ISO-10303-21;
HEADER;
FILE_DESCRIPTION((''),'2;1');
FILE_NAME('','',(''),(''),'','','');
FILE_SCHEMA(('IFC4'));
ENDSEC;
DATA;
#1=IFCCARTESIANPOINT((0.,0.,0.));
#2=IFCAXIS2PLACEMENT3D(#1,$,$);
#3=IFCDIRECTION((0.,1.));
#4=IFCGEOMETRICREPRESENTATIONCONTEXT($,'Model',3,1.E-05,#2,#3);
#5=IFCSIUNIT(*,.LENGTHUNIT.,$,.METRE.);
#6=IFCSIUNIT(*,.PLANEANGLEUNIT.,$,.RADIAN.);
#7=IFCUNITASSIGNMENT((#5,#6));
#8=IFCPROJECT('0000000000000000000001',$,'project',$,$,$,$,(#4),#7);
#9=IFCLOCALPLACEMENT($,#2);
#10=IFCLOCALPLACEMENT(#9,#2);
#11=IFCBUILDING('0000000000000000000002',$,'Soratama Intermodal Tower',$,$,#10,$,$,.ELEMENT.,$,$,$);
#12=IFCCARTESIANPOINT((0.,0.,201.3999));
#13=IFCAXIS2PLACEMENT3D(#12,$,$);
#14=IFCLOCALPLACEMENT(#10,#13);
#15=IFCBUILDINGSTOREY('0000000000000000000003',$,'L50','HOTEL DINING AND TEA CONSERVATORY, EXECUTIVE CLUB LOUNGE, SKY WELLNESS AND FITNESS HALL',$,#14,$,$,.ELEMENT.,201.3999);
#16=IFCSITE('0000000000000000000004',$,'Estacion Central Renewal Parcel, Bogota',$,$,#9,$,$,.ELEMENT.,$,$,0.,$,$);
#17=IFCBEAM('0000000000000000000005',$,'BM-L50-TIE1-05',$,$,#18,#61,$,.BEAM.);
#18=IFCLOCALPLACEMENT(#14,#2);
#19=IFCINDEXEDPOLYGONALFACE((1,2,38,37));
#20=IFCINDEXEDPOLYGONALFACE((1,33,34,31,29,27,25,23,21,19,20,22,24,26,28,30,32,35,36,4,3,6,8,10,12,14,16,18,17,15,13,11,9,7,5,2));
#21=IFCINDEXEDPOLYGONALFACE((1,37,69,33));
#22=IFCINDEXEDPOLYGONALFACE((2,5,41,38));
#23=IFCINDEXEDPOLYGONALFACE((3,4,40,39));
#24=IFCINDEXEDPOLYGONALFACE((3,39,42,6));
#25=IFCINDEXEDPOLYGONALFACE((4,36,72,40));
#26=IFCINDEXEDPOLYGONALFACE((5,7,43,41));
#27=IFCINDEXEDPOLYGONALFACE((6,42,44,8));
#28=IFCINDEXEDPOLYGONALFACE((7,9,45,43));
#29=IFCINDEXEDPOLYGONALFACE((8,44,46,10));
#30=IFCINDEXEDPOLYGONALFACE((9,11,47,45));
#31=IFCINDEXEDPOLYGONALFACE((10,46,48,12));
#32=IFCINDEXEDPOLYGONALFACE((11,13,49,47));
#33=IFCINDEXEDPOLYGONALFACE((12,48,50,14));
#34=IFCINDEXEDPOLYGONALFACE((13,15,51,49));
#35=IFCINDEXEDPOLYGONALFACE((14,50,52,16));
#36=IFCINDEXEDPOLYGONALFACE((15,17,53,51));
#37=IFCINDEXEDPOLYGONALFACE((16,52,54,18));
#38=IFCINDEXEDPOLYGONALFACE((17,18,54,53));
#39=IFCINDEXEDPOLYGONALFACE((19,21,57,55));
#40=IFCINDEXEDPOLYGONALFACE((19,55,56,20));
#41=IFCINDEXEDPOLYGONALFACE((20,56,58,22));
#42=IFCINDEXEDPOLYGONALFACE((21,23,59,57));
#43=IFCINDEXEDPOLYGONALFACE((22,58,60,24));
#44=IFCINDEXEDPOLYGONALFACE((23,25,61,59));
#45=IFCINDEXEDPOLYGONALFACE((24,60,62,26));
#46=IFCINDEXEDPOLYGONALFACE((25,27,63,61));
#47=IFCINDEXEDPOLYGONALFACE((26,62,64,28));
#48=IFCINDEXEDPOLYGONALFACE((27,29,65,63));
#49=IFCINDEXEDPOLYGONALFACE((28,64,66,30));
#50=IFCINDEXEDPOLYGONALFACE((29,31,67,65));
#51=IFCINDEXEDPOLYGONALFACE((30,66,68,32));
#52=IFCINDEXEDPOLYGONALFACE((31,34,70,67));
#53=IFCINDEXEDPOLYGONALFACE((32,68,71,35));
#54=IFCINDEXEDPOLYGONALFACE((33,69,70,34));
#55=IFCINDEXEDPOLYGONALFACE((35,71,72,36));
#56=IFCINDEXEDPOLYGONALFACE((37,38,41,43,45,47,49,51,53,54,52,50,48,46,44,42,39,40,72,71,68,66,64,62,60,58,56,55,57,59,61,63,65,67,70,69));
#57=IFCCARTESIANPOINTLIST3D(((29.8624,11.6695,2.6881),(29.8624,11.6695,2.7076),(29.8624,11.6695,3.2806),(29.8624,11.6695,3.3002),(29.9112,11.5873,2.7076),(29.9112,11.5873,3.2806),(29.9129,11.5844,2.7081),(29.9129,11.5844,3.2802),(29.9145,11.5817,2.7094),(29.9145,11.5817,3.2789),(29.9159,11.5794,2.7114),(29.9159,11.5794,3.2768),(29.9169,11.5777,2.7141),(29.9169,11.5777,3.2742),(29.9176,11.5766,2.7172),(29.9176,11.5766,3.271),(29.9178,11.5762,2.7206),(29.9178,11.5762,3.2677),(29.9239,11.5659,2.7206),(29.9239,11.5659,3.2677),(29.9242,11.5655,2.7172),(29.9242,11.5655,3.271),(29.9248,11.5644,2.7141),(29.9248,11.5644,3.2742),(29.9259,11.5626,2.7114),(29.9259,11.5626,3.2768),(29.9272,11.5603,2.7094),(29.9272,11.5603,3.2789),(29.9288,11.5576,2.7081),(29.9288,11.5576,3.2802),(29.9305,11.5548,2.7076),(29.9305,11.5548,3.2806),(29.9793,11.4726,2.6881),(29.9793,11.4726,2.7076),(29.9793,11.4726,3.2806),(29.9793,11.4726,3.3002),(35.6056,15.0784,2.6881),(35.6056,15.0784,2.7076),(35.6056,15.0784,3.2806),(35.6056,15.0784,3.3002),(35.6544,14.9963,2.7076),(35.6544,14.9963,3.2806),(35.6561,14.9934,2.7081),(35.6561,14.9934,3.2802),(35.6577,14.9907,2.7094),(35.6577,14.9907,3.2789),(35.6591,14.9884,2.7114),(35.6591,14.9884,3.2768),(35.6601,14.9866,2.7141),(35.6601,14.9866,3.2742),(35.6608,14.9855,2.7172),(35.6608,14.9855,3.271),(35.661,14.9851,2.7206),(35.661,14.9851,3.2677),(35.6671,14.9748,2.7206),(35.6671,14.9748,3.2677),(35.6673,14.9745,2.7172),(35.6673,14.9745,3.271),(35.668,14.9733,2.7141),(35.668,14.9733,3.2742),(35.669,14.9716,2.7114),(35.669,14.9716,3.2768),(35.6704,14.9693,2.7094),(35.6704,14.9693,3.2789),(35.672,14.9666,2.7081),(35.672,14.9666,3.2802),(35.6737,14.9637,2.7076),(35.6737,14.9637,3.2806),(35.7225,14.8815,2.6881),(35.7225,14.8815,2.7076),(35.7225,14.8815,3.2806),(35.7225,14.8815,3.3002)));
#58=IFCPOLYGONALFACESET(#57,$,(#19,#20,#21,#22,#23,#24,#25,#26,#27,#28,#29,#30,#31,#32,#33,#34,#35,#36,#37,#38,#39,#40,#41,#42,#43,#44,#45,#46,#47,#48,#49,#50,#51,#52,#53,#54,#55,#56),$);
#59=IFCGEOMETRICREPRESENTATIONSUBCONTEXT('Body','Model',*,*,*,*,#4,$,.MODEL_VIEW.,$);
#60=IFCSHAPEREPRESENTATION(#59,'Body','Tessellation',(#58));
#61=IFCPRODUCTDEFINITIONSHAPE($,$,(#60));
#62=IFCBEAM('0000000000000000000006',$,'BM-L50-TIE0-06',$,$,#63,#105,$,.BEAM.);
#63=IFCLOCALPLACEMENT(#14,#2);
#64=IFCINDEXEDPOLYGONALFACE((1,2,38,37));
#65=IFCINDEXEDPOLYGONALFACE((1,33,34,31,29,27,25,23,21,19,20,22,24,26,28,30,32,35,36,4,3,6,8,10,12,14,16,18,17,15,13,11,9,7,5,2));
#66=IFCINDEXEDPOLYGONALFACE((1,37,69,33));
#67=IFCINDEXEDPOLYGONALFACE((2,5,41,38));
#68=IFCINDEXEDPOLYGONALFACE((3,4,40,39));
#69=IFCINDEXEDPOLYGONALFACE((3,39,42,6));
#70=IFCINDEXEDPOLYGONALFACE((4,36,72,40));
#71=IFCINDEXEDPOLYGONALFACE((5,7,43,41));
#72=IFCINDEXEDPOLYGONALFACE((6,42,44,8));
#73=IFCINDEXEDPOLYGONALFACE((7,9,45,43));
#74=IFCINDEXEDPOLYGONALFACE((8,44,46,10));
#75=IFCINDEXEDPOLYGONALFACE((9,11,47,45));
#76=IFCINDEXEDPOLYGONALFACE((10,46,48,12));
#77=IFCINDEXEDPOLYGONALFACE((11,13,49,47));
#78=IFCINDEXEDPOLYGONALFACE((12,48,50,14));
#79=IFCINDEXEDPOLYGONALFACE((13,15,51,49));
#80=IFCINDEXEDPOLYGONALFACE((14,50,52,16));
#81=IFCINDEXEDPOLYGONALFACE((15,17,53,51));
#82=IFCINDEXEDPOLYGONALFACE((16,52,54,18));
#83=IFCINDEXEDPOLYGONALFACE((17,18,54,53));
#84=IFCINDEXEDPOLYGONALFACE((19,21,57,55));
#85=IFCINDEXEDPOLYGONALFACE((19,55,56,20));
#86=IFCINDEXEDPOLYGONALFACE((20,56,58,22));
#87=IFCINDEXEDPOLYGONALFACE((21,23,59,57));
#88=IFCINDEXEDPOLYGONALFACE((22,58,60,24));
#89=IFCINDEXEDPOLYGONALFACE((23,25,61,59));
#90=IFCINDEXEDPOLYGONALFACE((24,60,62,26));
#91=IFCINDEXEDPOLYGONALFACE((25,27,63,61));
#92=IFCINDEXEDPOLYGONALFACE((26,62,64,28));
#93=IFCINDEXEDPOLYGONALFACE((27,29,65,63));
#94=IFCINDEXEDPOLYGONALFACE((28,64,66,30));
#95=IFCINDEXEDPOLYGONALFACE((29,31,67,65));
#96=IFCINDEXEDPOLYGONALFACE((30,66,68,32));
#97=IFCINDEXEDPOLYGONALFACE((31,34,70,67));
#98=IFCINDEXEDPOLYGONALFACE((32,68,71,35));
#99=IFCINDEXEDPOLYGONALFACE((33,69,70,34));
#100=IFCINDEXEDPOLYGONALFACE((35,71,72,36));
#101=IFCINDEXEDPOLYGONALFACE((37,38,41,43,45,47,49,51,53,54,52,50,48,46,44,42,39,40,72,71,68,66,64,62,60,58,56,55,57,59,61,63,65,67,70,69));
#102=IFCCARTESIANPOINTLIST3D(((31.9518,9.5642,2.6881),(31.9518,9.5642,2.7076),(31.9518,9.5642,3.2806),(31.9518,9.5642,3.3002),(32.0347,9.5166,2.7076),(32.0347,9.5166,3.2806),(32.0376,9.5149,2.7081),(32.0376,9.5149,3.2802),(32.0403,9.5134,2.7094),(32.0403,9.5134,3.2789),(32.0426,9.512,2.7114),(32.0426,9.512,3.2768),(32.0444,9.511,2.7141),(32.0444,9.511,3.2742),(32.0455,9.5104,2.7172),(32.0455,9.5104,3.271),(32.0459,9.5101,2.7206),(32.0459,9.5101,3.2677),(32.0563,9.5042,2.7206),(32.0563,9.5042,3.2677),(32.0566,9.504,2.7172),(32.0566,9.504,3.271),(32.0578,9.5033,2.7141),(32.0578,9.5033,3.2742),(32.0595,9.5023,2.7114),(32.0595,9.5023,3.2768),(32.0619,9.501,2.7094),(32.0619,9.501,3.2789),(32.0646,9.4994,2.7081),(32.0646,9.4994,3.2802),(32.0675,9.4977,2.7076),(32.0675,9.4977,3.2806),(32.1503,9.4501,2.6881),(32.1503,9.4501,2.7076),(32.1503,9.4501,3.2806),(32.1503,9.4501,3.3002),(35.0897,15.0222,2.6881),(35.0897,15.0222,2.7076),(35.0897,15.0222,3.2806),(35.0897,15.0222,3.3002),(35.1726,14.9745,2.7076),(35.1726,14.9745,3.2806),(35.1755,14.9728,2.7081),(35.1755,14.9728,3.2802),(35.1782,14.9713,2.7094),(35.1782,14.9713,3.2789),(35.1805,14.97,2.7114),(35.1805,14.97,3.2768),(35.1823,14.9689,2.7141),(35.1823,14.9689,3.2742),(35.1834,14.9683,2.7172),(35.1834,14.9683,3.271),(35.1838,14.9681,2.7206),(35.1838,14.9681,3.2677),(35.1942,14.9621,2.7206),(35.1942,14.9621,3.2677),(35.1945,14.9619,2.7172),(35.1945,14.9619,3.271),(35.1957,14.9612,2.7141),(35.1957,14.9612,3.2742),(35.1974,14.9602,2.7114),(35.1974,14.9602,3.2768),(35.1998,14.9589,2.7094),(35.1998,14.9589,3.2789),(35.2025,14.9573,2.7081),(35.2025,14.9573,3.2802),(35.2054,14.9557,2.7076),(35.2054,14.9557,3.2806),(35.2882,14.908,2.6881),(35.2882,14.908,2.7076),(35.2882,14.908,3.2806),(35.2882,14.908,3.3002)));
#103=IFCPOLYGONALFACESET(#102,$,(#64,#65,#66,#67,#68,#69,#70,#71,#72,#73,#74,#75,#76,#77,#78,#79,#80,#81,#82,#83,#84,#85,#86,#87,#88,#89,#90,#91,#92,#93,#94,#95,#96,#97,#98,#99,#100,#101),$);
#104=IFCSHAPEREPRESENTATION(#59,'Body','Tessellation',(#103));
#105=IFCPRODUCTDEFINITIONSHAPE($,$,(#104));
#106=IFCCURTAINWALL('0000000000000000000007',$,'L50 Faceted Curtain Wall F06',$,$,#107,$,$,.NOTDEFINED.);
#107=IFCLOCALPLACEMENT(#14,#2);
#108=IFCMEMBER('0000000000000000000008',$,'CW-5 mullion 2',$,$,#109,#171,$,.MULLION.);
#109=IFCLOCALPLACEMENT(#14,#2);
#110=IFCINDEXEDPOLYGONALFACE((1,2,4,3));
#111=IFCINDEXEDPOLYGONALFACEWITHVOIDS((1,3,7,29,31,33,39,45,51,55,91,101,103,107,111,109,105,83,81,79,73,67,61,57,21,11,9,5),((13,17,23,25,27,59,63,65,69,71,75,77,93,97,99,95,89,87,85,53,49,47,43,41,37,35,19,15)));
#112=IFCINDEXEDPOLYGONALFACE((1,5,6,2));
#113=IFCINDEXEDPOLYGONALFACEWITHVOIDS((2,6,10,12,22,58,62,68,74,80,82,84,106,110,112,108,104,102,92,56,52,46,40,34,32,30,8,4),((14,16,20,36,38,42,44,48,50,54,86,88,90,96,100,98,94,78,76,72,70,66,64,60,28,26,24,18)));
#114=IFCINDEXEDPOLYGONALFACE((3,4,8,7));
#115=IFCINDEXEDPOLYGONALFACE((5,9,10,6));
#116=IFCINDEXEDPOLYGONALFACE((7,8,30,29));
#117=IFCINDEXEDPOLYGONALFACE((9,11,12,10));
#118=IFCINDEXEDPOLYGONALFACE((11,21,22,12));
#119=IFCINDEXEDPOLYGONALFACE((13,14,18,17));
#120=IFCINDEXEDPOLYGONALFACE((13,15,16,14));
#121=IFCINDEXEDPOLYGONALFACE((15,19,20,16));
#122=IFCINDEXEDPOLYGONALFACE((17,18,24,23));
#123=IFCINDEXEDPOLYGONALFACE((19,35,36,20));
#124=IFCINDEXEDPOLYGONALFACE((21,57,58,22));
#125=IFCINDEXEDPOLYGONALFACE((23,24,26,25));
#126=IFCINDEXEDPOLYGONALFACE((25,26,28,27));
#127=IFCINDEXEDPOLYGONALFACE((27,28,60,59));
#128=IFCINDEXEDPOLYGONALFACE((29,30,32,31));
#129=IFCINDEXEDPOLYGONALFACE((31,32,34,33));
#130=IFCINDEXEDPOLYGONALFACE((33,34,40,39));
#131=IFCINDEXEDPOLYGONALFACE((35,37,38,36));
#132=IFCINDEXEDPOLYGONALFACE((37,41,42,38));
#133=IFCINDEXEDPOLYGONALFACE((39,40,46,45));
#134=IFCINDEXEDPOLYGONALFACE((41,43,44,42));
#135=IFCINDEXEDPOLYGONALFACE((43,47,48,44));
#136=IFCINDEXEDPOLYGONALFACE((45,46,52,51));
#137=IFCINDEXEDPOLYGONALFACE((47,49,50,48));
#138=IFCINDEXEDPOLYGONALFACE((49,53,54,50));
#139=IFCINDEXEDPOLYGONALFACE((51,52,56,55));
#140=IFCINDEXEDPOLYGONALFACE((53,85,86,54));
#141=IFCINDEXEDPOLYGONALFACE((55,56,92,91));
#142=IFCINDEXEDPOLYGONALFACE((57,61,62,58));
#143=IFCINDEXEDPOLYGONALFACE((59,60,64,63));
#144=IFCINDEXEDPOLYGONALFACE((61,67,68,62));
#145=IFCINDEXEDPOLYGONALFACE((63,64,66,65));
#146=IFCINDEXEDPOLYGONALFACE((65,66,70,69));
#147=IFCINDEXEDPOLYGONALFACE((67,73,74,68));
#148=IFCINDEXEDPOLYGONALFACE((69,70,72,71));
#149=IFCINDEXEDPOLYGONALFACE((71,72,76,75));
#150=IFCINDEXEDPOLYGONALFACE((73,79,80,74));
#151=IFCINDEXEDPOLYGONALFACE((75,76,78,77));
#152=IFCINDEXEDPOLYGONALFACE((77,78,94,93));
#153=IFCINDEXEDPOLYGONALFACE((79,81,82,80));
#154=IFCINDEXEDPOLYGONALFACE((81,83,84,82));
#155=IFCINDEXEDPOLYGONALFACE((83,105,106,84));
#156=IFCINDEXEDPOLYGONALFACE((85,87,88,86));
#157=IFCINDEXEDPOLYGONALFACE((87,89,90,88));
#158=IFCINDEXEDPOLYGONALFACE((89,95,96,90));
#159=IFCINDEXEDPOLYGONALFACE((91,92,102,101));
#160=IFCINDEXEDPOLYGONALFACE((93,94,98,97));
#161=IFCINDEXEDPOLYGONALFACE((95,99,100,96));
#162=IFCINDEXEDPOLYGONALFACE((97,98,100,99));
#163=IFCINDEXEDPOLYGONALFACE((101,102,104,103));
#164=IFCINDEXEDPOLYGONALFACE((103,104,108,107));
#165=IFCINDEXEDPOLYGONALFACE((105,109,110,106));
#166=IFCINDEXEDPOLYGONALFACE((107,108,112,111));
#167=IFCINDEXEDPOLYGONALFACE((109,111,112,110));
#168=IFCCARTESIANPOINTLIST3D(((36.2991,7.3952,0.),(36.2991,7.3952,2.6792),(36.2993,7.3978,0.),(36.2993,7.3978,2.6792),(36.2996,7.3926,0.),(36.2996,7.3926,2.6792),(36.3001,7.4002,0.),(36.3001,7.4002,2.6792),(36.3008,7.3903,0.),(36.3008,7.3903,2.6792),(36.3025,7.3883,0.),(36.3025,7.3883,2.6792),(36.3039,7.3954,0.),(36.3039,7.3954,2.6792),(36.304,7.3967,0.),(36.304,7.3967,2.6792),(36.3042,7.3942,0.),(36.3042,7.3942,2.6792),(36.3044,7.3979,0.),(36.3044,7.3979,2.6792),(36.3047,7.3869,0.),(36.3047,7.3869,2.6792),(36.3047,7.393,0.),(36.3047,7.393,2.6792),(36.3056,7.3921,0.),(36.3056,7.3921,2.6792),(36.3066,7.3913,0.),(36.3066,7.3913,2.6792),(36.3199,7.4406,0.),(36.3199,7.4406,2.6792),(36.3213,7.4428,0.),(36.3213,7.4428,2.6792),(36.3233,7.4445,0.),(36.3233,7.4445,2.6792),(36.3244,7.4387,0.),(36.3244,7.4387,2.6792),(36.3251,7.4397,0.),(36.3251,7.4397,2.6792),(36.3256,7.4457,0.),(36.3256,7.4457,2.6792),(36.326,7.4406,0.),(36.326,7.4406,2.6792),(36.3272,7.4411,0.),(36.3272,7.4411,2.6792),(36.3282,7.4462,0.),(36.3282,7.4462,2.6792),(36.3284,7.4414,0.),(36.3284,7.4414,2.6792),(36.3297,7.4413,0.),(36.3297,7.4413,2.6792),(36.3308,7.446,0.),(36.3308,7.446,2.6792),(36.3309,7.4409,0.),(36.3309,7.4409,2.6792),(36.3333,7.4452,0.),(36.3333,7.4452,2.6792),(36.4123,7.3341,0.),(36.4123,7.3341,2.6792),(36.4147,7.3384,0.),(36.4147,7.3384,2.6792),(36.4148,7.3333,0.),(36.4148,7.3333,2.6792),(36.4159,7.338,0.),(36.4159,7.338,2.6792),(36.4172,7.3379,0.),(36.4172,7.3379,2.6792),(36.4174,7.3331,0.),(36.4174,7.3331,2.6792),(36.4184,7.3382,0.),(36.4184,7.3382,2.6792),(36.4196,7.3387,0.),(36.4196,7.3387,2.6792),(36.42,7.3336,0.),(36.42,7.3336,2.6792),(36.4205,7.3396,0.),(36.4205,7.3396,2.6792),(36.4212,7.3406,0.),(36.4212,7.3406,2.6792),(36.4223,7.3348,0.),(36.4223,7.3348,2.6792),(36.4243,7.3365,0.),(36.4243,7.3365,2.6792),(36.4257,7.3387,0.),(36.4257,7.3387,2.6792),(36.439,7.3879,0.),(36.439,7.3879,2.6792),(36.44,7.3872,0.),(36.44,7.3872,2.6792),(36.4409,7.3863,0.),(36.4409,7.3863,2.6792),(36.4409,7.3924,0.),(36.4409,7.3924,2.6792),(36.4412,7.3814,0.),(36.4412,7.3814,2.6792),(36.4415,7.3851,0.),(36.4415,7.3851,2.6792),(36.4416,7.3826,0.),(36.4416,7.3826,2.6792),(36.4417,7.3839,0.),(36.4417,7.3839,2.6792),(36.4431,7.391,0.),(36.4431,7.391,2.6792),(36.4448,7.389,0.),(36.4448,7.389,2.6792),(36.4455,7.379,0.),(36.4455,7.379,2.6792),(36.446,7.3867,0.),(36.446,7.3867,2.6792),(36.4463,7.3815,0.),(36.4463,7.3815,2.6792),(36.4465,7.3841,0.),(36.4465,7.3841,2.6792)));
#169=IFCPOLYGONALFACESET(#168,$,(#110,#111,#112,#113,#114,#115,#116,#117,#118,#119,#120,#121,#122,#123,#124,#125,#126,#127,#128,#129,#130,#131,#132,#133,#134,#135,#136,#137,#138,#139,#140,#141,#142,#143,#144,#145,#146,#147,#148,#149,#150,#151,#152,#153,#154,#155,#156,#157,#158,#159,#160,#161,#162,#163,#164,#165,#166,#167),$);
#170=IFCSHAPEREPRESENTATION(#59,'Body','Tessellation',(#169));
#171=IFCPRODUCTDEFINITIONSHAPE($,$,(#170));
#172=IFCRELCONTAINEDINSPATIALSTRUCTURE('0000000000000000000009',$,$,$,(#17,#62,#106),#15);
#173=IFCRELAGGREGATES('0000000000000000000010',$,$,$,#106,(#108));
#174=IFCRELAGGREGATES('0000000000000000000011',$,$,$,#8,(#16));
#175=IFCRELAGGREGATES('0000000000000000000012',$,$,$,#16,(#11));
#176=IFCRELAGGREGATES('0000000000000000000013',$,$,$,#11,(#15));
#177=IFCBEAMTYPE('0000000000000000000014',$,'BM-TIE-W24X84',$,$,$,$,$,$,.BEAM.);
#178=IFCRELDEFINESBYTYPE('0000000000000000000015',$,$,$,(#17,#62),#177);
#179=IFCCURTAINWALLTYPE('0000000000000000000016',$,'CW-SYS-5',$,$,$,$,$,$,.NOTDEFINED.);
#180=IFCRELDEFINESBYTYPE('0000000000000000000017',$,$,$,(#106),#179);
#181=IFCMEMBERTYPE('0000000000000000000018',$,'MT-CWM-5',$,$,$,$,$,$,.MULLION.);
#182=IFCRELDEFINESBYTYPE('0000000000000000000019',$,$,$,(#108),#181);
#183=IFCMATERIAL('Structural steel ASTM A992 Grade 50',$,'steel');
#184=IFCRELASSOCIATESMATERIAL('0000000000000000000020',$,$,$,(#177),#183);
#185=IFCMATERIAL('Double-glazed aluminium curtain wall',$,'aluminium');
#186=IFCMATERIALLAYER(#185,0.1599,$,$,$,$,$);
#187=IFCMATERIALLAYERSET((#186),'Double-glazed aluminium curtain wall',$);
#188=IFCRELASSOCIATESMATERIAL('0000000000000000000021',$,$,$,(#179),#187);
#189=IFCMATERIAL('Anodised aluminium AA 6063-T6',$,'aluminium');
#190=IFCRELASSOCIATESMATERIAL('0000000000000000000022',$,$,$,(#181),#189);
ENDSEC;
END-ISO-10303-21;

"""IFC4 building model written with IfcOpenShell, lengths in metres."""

from ifc_helpers import new_model, si_unit, direction, frame, origin, origin_2d, place, context, subcontext, project, spatial, hollow_rectangle, i_section, extrude, material, layer, layer_set, material_profile, profile_set, type_object, element, aggregate, save


model = new_model("IFC4")

# Units and contexts
model_context = context("Model", 3, precision=1e-05, world=origin(), true_north=direction((0.0, 1.0)))
body_context = subcontext(model_context, "Body", "Model", "MODEL_VIEW")
ifc_project = project(units=[si_unit("LENGTHUNIT", "METRE"), si_unit("PLANEANGLEUNIT", "RADIAN")], contexts=[model_context])

# Site, building, storey
site_placement = place(None, origin())
site = spatial("IfcSite", under=ifc_project, at=site_placement, Name="Estacion Central Renewal Parcel, Bogota", CompositionType="ELEMENT", RefElevation=0.0)
building_placement = place(site_placement, origin())
building = spatial("IfcBuilding", under=site, at=building_placement, Name="Soratama Intermodal Tower", CompositionType="ELEMENT")
storey_placement = place(building_placement, frame((0.0, 0.0, 201.3999)))
storey = spatial("IfcBuildingStorey", under=building, at=storey_placement, Name="L50", Description="HOTEL DINING AND TEA CONSERVATORY, EXECUTIVE CLUB LOUNGE, SKY WELLNESS AND FITNESS HALL", CompositionType="ELEMENT", Elevation=201.3999)

# Beams
ifc_material_1 = material(Name="Structural steel ASTM A992 Grade 50", Category="steel")
ifc_material_profile_1 = material_profile(ifc_material_1, i_section(OverallWidth=0.229, OverallDepth=0.6121, WebThickness=0.012, FlangeThickness=0.0195, FilletRadius=0.0129, at=origin_2d()), Name="W24X84")
ifc_profile_set_1 = profile_set([ifc_material_profile_1], Name="Structural steel ASTM A992 Grade 50")
beam_type_1 = type_object("IfcBeamType", Name="BM-TIE-W24X84", PredefinedType="BEAM", material=ifc_profile_set_1)
beam_1_placement = place(storey_placement, frame((35.6641, 14.98, 2.9941), z_axis=(-0.859925, -0.510421, 0.0), x_axis=(0.510421, -0.859925, 0.0)))
element("IfcBeam", 1, at=beam_1_placement, inside=storey, type_object=beam_type_1, Name="BM-L50-TIE1-05", PredefinedType="BEAM", context=body_context, shape_type="SweptSolid", body=[
    extrude(i_section(OverallWidth=0.229, OverallDepth=0.6121, WebThickness=0.012, FlangeThickness=0.0195, FilletRadius=0.0129, at=origin_2d()), origin(), (0.0, 0.0, 1.0), 6.6787),
])
beam_2_placement = place(storey_placement, frame((35.189, 14.9651, 2.9941), z_axis=(-0.498422, -0.866935, 0.0), x_axis=(0.866935, -0.498422, 0.0)))
element("IfcBeam", 2, at=beam_2_placement, inside=storey, type_object=beam_type_1, Name="BM-L50-TIE0-06", PredefinedType="BEAM", context=body_context, shape_type="SweptSolid", body=[
    extrude(i_section(OverallWidth=0.229, OverallDepth=0.6121, WebThickness=0.012, FlangeThickness=0.0195, FilletRadius=0.0129, at=origin_2d()), origin(), (0.0, 0.0, 1.0), 6.2957),
])

# Curtain wall, member
ifc_material_2 = material(Name="Double-glazed aluminium curtain wall", Category="aluminium")
ifc_layer_1 = layer(ifc_material_2, 0.1599)
ifc_layer_set_1 = layer_set([ifc_layer_1], Name="Double-glazed aluminium curtain wall")
curtain_wall_type = type_object("IfcCurtainWallType", Name="CW-SYS-5", PredefinedType="NOTDEFINED", material=ifc_layer_set_1)
curtain_wall_placement = place(storey_placement, origin())
curtain_wall = element("IfcCurtainWall", 3, at=curtain_wall_placement, inside=storey, type_object=curtain_wall_type, Name="L50 Faceted Curtain Wall F06", PredefinedType="NOTDEFINED")
ifc_material_3 = material(Name="Anodised aluminium AA 6063-T6", Category="aluminium")
ifc_material_profile_2 = material_profile(ifc_material_3, hollow_rectangle(XDim=0.0649, YDim=0.1399, WallThickness=0.0049, InnerFilletRadius=0.0049, OuterFilletRadius=0.01, at=origin_2d()), Name="CWM140X65X5")
ifc_profile_set_2 = profile_set([ifc_material_profile_2], Name="Anodised aluminium AA 6063-T6")
member_type_1 = type_object("IfcMemberType", Name="MT-CWM-5", PredefinedType="MULLION", material=ifc_profile_set_2)
member_1_placement = place(storey_placement, frame((36.3728, 7.3896, 0.0), z_axis=(0.0, 0.0, 1.0), x_axis=(0.439938, 0.898028, 0.0)))
member_1 = element("IfcMember", 4, at=member_1_placement, type_object=member_type_1, Name="CW-5 mullion 2", PredefinedType="MULLION", context=body_context, shape_type="SweptSolid", body=[
    extrude(hollow_rectangle(XDim=0.0649, YDim=0.1399, WallThickness=0.0049, InnerFilletRadius=0.0049, OuterFilletRadius=0.01, at=origin_2d()), origin(), (0.0, 0.0, 1.0), 2.6792),
])
aggregate(curtain_wall, [member_1])

save(model, "model.ifc")
